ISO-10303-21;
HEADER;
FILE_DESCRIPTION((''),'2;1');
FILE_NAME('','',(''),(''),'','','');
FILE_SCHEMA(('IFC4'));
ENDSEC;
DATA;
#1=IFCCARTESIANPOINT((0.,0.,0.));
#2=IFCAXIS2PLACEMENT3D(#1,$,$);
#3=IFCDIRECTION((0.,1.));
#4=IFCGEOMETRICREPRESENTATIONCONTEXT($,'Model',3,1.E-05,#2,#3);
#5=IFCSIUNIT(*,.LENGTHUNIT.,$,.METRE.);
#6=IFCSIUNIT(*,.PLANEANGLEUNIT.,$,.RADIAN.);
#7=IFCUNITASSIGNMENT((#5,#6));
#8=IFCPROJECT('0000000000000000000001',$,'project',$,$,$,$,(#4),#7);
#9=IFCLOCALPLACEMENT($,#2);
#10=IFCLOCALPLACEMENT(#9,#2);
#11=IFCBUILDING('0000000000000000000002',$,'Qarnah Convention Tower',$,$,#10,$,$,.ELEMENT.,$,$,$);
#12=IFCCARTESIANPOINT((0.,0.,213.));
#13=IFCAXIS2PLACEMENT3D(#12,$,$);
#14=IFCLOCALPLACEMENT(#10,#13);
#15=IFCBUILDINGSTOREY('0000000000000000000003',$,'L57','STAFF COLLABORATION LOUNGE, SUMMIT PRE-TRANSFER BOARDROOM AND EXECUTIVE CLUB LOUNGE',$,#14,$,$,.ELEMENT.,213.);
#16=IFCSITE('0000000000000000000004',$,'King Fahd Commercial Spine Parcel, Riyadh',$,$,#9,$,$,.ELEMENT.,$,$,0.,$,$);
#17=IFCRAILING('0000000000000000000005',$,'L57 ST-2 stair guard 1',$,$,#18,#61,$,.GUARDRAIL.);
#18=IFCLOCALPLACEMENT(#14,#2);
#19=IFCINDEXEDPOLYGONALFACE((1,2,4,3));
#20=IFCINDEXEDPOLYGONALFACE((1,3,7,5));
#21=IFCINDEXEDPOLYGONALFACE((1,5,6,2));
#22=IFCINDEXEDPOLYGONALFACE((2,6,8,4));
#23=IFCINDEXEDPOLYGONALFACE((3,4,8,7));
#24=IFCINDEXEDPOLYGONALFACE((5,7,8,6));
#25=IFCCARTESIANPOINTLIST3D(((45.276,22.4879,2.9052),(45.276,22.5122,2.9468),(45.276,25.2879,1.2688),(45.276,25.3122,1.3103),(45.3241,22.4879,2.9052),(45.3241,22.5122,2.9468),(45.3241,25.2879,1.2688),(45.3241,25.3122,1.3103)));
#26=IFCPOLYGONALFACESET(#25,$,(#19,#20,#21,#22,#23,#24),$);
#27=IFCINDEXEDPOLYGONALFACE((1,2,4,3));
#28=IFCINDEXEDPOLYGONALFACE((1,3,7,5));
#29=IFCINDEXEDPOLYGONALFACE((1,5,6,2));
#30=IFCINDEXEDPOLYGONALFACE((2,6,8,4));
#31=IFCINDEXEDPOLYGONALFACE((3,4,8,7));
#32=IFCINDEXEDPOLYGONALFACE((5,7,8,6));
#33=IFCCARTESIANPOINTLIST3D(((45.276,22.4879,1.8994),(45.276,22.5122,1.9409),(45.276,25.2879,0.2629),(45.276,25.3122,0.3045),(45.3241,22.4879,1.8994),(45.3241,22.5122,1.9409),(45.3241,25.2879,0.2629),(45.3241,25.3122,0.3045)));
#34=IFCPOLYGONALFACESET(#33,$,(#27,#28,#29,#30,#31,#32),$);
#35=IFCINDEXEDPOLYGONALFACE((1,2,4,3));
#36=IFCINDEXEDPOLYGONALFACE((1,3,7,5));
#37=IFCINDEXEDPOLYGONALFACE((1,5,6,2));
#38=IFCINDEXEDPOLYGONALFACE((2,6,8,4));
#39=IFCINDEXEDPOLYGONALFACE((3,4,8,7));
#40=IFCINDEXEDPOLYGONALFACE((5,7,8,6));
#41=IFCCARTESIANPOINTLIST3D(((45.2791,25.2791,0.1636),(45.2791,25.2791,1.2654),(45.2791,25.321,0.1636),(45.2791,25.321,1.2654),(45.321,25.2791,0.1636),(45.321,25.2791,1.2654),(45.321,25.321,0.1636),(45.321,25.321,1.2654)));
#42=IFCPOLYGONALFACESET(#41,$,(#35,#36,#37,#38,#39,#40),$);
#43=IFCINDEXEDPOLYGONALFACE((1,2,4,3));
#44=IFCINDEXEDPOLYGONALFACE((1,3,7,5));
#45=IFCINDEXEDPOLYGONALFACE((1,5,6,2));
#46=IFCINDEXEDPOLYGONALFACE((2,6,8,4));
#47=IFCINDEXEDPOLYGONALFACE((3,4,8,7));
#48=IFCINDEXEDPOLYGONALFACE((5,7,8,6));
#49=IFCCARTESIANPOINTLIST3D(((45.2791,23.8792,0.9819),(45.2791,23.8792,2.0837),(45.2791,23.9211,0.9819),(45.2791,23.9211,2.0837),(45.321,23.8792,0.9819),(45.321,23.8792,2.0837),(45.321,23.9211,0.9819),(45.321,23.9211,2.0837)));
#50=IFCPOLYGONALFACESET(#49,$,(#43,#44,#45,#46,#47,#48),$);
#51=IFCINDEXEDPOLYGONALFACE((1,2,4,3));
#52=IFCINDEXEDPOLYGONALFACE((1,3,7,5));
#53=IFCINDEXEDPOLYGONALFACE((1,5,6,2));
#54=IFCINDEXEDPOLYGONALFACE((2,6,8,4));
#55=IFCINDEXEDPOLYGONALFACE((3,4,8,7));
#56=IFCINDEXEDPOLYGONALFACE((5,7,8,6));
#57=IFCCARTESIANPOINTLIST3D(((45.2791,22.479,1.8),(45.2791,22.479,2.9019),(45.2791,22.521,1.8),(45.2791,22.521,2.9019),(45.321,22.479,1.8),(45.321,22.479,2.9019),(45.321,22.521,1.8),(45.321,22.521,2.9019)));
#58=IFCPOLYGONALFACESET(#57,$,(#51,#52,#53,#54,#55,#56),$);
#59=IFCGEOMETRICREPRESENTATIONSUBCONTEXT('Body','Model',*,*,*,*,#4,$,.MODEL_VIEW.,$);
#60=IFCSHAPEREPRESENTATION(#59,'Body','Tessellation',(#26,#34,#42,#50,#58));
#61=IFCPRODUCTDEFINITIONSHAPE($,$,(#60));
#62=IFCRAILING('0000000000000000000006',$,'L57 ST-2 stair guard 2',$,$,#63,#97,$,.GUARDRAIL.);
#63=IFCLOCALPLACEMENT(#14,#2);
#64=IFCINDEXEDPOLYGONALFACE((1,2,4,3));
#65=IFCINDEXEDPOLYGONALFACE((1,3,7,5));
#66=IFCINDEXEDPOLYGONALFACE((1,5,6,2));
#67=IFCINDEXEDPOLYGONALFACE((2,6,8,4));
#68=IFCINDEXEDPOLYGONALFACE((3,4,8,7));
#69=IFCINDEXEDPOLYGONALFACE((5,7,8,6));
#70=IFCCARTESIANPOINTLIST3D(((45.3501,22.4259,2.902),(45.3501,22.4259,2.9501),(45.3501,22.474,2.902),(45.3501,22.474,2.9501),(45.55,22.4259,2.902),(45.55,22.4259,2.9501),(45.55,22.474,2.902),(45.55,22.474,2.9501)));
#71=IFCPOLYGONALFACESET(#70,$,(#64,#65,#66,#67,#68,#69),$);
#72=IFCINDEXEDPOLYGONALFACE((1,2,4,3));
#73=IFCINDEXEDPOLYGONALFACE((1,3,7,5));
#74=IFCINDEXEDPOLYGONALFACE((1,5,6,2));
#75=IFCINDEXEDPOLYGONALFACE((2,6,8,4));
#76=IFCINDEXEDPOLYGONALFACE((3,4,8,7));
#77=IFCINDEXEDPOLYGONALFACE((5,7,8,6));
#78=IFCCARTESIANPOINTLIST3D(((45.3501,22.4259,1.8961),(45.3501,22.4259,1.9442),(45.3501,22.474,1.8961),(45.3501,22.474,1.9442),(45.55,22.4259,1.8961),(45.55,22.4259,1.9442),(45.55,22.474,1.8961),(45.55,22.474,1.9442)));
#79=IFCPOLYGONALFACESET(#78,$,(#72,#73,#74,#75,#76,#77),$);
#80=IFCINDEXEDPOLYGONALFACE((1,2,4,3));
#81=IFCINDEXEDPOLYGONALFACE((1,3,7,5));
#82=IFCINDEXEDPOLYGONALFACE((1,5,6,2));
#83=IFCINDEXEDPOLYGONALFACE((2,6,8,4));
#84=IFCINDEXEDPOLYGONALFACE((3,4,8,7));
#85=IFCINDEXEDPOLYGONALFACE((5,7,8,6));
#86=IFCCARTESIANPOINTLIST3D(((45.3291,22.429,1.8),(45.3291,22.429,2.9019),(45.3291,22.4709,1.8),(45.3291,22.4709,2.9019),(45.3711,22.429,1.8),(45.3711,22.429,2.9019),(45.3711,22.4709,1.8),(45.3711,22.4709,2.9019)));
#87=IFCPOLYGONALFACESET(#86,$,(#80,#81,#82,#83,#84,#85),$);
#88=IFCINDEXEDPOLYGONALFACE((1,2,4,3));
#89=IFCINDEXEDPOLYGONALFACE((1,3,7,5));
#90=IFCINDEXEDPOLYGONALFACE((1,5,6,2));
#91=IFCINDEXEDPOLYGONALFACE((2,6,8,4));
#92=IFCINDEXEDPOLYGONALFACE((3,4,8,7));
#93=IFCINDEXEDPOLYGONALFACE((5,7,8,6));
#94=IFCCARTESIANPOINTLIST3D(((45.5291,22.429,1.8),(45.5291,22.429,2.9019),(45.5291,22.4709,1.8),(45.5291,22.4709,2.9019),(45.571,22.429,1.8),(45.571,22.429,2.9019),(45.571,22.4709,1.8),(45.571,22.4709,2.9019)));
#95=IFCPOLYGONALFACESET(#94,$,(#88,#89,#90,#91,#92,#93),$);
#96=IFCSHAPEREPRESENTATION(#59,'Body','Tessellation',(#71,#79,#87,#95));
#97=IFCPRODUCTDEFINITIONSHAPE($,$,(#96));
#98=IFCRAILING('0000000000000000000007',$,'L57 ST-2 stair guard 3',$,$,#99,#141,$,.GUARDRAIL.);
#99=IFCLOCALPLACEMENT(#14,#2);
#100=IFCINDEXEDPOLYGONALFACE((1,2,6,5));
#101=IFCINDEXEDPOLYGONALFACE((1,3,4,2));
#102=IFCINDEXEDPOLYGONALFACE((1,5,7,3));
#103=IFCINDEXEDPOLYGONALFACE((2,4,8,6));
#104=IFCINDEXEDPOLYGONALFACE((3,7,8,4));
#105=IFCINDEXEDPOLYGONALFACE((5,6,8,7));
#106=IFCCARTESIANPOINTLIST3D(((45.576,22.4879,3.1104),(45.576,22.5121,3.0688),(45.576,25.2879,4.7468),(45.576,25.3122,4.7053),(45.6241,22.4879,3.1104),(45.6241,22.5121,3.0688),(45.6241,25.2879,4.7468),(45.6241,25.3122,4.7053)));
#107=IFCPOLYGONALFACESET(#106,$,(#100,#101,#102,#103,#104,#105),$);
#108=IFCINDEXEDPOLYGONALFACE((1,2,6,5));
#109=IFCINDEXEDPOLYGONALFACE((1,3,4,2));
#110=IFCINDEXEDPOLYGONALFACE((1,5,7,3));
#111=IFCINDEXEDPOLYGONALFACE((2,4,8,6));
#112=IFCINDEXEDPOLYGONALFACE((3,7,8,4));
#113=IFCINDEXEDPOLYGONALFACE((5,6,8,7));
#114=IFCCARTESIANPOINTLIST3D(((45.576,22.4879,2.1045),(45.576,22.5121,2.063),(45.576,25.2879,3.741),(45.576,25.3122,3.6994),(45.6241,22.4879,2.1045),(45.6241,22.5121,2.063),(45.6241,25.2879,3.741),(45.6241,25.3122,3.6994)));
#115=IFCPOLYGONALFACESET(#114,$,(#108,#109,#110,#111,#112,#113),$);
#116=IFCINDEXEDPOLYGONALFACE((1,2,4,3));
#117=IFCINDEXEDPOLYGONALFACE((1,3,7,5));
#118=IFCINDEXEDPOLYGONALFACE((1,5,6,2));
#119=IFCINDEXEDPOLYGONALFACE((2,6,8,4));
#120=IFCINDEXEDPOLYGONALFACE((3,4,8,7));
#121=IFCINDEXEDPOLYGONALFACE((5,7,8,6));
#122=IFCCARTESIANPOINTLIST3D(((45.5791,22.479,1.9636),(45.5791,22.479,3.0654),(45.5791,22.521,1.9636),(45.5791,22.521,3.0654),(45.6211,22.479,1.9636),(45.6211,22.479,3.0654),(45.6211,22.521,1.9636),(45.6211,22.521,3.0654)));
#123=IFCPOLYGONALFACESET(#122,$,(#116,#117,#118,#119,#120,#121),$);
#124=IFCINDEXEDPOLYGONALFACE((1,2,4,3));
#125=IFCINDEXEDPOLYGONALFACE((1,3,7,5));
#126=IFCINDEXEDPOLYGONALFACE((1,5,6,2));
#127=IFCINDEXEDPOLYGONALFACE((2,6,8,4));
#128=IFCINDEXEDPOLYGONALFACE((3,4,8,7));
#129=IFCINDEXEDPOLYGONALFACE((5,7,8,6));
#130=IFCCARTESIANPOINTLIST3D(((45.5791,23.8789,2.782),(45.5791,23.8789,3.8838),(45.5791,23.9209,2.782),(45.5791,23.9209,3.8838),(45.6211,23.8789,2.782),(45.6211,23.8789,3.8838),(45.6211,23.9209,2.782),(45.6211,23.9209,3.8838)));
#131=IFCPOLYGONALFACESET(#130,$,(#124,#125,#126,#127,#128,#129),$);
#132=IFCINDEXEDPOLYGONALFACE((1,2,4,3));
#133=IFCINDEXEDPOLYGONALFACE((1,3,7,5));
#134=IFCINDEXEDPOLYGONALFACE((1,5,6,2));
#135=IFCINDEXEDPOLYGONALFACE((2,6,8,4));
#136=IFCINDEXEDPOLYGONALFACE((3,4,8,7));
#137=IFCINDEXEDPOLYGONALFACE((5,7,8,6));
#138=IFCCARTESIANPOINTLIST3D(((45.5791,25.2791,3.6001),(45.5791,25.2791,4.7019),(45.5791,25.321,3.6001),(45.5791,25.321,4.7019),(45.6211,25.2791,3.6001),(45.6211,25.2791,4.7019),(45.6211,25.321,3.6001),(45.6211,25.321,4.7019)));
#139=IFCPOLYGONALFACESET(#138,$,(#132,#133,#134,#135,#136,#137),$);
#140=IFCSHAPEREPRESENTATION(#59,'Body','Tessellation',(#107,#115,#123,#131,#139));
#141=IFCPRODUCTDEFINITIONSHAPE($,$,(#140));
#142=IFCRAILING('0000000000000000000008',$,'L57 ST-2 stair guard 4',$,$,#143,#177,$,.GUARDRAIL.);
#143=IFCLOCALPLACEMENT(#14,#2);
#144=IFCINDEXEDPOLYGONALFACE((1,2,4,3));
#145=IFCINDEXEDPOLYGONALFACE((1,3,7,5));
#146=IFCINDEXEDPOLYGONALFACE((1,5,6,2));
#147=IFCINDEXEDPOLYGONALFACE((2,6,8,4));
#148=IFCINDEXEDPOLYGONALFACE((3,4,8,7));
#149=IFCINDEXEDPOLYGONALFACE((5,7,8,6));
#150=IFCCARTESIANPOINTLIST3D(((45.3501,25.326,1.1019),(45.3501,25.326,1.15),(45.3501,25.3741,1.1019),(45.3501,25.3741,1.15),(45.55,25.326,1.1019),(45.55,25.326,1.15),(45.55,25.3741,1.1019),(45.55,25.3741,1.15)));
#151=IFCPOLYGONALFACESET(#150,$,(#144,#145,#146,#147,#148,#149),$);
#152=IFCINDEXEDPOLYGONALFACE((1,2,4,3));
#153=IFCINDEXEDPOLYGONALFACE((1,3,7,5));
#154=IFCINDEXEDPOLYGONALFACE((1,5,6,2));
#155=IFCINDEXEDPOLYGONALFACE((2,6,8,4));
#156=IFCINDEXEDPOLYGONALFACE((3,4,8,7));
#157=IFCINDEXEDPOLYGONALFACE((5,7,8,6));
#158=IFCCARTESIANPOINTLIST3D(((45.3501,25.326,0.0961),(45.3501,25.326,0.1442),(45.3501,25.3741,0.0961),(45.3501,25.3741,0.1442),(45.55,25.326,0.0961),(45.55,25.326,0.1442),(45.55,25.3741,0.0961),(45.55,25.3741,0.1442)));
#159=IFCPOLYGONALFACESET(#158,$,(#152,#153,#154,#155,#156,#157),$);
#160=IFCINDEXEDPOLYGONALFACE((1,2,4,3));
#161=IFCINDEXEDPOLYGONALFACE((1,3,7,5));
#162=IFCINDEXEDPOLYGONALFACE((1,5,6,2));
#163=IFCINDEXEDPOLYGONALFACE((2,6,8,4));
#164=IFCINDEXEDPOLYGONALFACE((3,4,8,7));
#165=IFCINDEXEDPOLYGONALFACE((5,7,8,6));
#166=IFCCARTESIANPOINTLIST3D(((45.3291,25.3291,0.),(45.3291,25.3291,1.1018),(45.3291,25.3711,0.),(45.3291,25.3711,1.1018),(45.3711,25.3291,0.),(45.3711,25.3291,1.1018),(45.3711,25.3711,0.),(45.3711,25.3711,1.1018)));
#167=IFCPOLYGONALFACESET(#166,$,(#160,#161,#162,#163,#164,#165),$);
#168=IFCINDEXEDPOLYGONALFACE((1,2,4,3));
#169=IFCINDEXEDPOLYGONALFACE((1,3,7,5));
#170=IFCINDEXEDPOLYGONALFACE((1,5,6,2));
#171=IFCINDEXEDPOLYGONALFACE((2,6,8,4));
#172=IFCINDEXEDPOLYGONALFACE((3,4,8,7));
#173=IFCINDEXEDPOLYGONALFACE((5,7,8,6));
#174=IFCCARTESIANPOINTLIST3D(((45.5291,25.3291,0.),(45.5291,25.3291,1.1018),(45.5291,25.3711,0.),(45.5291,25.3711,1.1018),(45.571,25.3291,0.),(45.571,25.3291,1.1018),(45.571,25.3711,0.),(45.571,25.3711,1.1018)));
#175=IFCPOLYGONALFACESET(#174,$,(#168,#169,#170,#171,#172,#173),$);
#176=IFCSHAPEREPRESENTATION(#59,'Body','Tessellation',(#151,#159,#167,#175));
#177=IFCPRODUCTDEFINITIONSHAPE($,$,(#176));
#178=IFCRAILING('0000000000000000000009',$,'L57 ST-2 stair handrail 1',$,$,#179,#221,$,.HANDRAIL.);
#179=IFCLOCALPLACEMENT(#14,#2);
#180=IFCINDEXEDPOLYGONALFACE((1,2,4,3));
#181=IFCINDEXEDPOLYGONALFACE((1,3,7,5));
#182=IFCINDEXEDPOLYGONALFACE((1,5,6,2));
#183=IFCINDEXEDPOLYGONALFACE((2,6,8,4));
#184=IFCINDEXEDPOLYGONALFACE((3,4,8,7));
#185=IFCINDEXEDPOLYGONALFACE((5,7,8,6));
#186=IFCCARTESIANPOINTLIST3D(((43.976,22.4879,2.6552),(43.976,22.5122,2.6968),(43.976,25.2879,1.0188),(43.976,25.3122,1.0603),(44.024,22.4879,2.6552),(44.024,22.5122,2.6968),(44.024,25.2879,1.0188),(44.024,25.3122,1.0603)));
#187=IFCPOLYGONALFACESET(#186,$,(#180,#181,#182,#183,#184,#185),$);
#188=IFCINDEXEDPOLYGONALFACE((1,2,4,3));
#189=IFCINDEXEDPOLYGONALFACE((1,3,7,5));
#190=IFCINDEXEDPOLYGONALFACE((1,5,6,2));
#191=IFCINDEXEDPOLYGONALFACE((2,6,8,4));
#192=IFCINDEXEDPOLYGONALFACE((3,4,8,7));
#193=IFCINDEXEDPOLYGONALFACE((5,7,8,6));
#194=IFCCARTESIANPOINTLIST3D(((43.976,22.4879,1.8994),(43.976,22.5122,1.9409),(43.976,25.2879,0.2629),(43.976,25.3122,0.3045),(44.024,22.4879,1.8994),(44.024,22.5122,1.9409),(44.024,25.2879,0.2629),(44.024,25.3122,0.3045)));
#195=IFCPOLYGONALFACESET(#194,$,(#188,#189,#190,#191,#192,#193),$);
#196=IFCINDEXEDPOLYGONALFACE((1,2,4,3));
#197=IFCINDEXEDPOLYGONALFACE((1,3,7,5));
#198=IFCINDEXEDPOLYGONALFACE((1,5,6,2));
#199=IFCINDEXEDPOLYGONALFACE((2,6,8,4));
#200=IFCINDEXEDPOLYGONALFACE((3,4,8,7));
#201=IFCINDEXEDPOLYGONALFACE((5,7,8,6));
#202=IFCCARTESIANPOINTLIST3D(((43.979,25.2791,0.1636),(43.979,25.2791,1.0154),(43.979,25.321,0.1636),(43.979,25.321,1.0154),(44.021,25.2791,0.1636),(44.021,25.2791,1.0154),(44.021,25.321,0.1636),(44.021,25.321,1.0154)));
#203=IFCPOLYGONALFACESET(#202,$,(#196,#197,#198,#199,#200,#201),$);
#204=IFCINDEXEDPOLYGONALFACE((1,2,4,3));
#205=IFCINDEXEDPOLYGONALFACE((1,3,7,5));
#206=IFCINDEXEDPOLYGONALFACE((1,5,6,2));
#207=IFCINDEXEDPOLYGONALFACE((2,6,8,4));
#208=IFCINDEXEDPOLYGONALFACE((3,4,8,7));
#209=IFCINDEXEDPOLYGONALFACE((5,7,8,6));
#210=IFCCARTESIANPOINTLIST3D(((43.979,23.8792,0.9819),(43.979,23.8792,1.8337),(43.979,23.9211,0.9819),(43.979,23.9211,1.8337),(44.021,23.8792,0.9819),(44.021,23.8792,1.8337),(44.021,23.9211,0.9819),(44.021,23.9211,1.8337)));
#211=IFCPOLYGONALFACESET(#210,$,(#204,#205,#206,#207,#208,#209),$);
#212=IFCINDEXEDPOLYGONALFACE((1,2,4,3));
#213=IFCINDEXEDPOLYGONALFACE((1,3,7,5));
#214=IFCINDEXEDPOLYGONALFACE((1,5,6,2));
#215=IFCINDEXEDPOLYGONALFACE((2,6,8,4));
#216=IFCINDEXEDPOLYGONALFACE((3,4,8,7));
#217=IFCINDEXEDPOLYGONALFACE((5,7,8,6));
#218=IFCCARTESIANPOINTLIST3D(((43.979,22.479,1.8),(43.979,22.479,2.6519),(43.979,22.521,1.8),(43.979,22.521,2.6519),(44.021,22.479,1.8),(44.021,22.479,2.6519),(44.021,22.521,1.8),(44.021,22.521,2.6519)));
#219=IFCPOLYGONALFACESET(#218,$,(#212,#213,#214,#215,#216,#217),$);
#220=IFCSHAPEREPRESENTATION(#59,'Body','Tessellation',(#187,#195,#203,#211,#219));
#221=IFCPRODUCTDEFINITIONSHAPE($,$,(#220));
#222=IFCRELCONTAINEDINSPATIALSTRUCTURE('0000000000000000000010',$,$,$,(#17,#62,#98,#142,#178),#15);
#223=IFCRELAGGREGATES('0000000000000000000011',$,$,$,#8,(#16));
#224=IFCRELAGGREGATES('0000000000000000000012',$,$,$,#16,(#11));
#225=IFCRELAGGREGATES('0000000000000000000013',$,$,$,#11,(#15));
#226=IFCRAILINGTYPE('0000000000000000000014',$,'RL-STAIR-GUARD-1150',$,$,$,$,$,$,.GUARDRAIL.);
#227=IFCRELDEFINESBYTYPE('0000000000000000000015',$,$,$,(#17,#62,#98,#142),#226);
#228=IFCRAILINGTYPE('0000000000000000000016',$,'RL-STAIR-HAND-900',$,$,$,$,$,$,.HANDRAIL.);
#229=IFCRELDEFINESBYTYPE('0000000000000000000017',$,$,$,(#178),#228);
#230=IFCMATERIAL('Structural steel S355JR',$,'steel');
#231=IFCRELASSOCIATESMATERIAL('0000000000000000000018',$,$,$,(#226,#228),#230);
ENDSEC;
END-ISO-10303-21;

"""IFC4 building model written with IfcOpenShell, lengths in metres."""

from ifc_helpers import new_model, si_unit, direction, frame, origin, origin_2d, place, context, subcontext, project, spatial, rectangle, extrude, material, type_object, element, save


model = new_model("IFC4")

# Units and contexts
model_context = context("Model", 3, precision=1e-05, world=origin(), true_north=direction((0.0, 1.0)))
body_context = subcontext(model_context, "Body", "Model", "MODEL_VIEW")
ifc_project = project(units=[si_unit("LENGTHUNIT", "METRE"), si_unit("PLANEANGLEUNIT", "RADIAN")], contexts=[model_context])

# Site, building, storey
site_placement = place(None, origin())
site = spatial("IfcSite", under=ifc_project, at=site_placement, Name="King Fahd Commercial Spine Parcel, Riyadh", CompositionType="ELEMENT", RefElevation=0.0)
building_placement = place(site_placement, origin())
building = spatial("IfcBuilding", under=site, at=building_placement, Name="Qarnah Convention Tower", CompositionType="ELEMENT")
storey_placement = place(building_placement, frame((0.0, 0.0, 213.0)))
storey = spatial("IfcBuildingStorey", under=building, at=storey_placement, Name="L57", Description="STAFF COLLABORATION LOUNGE, SUMMIT PRE-TRANSFER BOARDROOM AND EXECUTIVE CLUB LOUNGE", CompositionType="ELEMENT", Elevation=213.0)

# Shared definitions
ifc_material_1 = material(Name="Structural steel S355JR", Category="steel")

# Railings
railing_type_1 = type_object("IfcRailingType", Name="RL-STAIR-GUARD-1150", PredefinedType="GUARDRAIL", material=ifc_material_1)
railing_1_placement = place(storey_placement, frame((45.3, 25.3, 0.1636)))
element("IfcRailing", 1, at=railing_1_placement, inside=storey, type_object=railing_type_1, Name="L57 ST-2 stair guard 1", PredefinedType="GUARDRAIL", context=body_context, shape_type="SweptSolid", body=[
    extrude(rectangle(XDim=0.0481, YDim=0.0481, at=origin_2d()), frame((0.0, 0.0, 1.126), z_axis=(0.0, -0.863361, 0.504587), x_axis=(1.0, 0.0, 0.0)), (0.0, 0.0, 1.0), 3.2432),
    extrude(rectangle(XDim=0.0481, YDim=0.0481, at=origin_2d()), frame((0.0, 0.0, 0.1201), z_axis=(0.0, -0.863361, 0.504587), x_axis=(1.0, 0.0, 0.0)), (0.0, 0.0, 1.0), 3.2432),
    extrude(rectangle(XDim=0.042, YDim=0.042, at=origin_2d()), origin(), (0.0, 0.0, 1.0), 1.1018),
    extrude(rectangle(XDim=0.042, YDim=0.042, at=origin_2d()), frame((0.0, -1.3999, 0.8184)), (0.0, 0.0, 1.0), 1.1018),
    extrude(rectangle(XDim=0.042, YDim=0.042, at=origin_2d()), frame((0.0, -2.8, 1.6365)), (0.0, 0.0, 1.0), 1.1018),
])
railing_2_placement = place(storey_placement, frame((45.3501, 22.45, 1.8)))
element("IfcRailing", 2, at=railing_2_placement, inside=storey, type_object=railing_type_1, Name="L57 ST-2 stair guard 2", PredefinedType="GUARDRAIL", context=body_context, shape_type="SweptSolid", body=[
    extrude(rectangle(XDim=0.0481, YDim=0.0481, at=origin_2d()), frame((0.0, 0.0, 1.126), z_axis=(1.0, 0.0, 0.0), x_axis=(0.0, 1.0, 0.0)), (0.0, 0.0, 1.0), 0.2),
    extrude(rectangle(XDim=0.0481, YDim=0.0481, at=origin_2d()), frame((0.0, 0.0, 0.1201), z_axis=(1.0, 0.0, 0.0), x_axis=(0.0, 1.0, 0.0)), (0.0, 0.0, 1.0), 0.2),
    extrude(rectangle(XDim=0.042, YDim=0.042, at=origin_2d()), origin(), (0.0, 0.0, 1.0), 1.1018),
    extrude(rectangle(XDim=0.042, YDim=0.042, at=origin_2d()), frame((0.2, 0.0, 0.0)), (0.0, 0.0, 1.0), 1.1018),
])
railing_3_placement = place(storey_placement, frame((45.6001, 22.5, 1.9636)))
element("IfcRailing", 3, at=railing_3_placement, inside=storey, type_object=railing_type_1, Name="L57 ST-2 stair guard 3", PredefinedType="GUARDRAIL", context=body_context, shape_type="SweptSolid", body=[
    extrude(rectangle(XDim=0.0481, YDim=0.0481, at=origin_2d()), frame((0.0, 0.0, 1.126), z_axis=(0.0, 0.863361, 0.504587), x_axis=(-1.0, 0.0, 0.0)), (0.0, 0.0, 1.0), 3.2432),
    extrude(rectangle(XDim=0.0481, YDim=0.0481, at=origin_2d()), frame((0.0, 0.0, 0.1201), z_axis=(0.0, 0.863361, 0.504587), x_axis=(-1.0, 0.0, 0.0)), (0.0, 0.0, 1.0), 3.2432),
    extrude(rectangle(XDim=0.042, YDim=0.042, at=origin_2d()), origin(), (0.0, 0.0, 1.0), 1.1018),
    extrude(rectangle(XDim=0.042, YDim=0.042, at=origin_2d()), frame((0.0, 1.3999, 0.8184)), (0.0, 0.0, 1.0), 1.1018),
    extrude(rectangle(XDim=0.042, YDim=0.042, at=origin_2d()), frame((0.0, 2.8, 1.6365)), (0.0, 0.0, 1.0), 1.1018),
])
railing_4_placement = place(storey_placement, frame((45.3501, 25.3501, 0.0)))
element("IfcRailing", 4, at=railing_4_placement, inside=storey, type_object=railing_type_1, Name="L57 ST-2 stair guard 4", PredefinedType="GUARDRAIL", context=body_context, shape_type="SweptSolid", body=[
    extrude(rectangle(XDim=0.0481, YDim=0.0481, at=origin_2d()), frame((0.0, 0.0, 1.126), z_axis=(1.0, 0.0, 0.0), x_axis=(0.0, 1.0, 0.0)), (0.0, 0.0, 1.0), 0.2),
    extrude(rectangle(XDim=0.0481, YDim=0.0481, at=origin_2d()), frame((0.0, 0.0, 0.1201), z_axis=(1.0, 0.0, 0.0), x_axis=(0.0, 1.0, 0.0)), (0.0, 0.0, 1.0), 0.2),
    extrude(rectangle(XDim=0.042, YDim=0.042, at=origin_2d()), origin(), (0.0, 0.0, 1.0), 1.1018),
    extrude(rectangle(XDim=0.042, YDim=0.042, at=origin_2d()), frame((0.2, 0.0, 0.0)), (0.0, 0.0, 1.0), 1.1018),
])
railing_type_2 = type_object("IfcRailingType", Name="RL-STAIR-HAND-900", PredefinedType="HANDRAIL", material=ifc_material_1)
railing_5_placement = place(storey_placement, frame((44.0, 25.3, 0.1636)))
element("IfcRailing", 5, at=railing_5_placement, inside=storey, type_object=railing_type_2, Name="L57 ST-2 stair handrail 1", PredefinedType="HANDRAIL", context=body_context, shape_type="SweptSolid", body=[
    extrude(rectangle(XDim=0.0481, YDim=0.0481, at=origin_2d()), frame((0.0, 0.0, 0.876), z_axis=(0.0, -0.863361, 0.504587), x_axis=(1.0, 0.0, 0.0)), (0.0, 0.0, 1.0), 3.2432),
    extrude(rectangle(XDim=0.0481, YDim=0.0481, at=origin_2d()), frame((0.0, 0.0, 0.1201), z_axis=(0.0, -0.863361, 0.504587), x_axis=(1.0, 0.0, 0.0)), (0.0, 0.0, 1.0), 3.2432),
    extrude(rectangle(XDim=0.042, YDim=0.042, at=origin_2d()), origin(), (0.0, 0.0, 1.0), 0.8518),
    extrude(rectangle(XDim=0.042, YDim=0.042, at=origin_2d()), frame((0.0, -1.3999, 0.8184)), (0.0, 0.0, 1.0), 0.8518),
    extrude(rectangle(XDim=0.042, YDim=0.042, at=origin_2d()), frame((0.0, -2.8, 1.6365)), (0.0, 0.0, 1.0), 0.8518),
])

save(model, "model.ifc")
